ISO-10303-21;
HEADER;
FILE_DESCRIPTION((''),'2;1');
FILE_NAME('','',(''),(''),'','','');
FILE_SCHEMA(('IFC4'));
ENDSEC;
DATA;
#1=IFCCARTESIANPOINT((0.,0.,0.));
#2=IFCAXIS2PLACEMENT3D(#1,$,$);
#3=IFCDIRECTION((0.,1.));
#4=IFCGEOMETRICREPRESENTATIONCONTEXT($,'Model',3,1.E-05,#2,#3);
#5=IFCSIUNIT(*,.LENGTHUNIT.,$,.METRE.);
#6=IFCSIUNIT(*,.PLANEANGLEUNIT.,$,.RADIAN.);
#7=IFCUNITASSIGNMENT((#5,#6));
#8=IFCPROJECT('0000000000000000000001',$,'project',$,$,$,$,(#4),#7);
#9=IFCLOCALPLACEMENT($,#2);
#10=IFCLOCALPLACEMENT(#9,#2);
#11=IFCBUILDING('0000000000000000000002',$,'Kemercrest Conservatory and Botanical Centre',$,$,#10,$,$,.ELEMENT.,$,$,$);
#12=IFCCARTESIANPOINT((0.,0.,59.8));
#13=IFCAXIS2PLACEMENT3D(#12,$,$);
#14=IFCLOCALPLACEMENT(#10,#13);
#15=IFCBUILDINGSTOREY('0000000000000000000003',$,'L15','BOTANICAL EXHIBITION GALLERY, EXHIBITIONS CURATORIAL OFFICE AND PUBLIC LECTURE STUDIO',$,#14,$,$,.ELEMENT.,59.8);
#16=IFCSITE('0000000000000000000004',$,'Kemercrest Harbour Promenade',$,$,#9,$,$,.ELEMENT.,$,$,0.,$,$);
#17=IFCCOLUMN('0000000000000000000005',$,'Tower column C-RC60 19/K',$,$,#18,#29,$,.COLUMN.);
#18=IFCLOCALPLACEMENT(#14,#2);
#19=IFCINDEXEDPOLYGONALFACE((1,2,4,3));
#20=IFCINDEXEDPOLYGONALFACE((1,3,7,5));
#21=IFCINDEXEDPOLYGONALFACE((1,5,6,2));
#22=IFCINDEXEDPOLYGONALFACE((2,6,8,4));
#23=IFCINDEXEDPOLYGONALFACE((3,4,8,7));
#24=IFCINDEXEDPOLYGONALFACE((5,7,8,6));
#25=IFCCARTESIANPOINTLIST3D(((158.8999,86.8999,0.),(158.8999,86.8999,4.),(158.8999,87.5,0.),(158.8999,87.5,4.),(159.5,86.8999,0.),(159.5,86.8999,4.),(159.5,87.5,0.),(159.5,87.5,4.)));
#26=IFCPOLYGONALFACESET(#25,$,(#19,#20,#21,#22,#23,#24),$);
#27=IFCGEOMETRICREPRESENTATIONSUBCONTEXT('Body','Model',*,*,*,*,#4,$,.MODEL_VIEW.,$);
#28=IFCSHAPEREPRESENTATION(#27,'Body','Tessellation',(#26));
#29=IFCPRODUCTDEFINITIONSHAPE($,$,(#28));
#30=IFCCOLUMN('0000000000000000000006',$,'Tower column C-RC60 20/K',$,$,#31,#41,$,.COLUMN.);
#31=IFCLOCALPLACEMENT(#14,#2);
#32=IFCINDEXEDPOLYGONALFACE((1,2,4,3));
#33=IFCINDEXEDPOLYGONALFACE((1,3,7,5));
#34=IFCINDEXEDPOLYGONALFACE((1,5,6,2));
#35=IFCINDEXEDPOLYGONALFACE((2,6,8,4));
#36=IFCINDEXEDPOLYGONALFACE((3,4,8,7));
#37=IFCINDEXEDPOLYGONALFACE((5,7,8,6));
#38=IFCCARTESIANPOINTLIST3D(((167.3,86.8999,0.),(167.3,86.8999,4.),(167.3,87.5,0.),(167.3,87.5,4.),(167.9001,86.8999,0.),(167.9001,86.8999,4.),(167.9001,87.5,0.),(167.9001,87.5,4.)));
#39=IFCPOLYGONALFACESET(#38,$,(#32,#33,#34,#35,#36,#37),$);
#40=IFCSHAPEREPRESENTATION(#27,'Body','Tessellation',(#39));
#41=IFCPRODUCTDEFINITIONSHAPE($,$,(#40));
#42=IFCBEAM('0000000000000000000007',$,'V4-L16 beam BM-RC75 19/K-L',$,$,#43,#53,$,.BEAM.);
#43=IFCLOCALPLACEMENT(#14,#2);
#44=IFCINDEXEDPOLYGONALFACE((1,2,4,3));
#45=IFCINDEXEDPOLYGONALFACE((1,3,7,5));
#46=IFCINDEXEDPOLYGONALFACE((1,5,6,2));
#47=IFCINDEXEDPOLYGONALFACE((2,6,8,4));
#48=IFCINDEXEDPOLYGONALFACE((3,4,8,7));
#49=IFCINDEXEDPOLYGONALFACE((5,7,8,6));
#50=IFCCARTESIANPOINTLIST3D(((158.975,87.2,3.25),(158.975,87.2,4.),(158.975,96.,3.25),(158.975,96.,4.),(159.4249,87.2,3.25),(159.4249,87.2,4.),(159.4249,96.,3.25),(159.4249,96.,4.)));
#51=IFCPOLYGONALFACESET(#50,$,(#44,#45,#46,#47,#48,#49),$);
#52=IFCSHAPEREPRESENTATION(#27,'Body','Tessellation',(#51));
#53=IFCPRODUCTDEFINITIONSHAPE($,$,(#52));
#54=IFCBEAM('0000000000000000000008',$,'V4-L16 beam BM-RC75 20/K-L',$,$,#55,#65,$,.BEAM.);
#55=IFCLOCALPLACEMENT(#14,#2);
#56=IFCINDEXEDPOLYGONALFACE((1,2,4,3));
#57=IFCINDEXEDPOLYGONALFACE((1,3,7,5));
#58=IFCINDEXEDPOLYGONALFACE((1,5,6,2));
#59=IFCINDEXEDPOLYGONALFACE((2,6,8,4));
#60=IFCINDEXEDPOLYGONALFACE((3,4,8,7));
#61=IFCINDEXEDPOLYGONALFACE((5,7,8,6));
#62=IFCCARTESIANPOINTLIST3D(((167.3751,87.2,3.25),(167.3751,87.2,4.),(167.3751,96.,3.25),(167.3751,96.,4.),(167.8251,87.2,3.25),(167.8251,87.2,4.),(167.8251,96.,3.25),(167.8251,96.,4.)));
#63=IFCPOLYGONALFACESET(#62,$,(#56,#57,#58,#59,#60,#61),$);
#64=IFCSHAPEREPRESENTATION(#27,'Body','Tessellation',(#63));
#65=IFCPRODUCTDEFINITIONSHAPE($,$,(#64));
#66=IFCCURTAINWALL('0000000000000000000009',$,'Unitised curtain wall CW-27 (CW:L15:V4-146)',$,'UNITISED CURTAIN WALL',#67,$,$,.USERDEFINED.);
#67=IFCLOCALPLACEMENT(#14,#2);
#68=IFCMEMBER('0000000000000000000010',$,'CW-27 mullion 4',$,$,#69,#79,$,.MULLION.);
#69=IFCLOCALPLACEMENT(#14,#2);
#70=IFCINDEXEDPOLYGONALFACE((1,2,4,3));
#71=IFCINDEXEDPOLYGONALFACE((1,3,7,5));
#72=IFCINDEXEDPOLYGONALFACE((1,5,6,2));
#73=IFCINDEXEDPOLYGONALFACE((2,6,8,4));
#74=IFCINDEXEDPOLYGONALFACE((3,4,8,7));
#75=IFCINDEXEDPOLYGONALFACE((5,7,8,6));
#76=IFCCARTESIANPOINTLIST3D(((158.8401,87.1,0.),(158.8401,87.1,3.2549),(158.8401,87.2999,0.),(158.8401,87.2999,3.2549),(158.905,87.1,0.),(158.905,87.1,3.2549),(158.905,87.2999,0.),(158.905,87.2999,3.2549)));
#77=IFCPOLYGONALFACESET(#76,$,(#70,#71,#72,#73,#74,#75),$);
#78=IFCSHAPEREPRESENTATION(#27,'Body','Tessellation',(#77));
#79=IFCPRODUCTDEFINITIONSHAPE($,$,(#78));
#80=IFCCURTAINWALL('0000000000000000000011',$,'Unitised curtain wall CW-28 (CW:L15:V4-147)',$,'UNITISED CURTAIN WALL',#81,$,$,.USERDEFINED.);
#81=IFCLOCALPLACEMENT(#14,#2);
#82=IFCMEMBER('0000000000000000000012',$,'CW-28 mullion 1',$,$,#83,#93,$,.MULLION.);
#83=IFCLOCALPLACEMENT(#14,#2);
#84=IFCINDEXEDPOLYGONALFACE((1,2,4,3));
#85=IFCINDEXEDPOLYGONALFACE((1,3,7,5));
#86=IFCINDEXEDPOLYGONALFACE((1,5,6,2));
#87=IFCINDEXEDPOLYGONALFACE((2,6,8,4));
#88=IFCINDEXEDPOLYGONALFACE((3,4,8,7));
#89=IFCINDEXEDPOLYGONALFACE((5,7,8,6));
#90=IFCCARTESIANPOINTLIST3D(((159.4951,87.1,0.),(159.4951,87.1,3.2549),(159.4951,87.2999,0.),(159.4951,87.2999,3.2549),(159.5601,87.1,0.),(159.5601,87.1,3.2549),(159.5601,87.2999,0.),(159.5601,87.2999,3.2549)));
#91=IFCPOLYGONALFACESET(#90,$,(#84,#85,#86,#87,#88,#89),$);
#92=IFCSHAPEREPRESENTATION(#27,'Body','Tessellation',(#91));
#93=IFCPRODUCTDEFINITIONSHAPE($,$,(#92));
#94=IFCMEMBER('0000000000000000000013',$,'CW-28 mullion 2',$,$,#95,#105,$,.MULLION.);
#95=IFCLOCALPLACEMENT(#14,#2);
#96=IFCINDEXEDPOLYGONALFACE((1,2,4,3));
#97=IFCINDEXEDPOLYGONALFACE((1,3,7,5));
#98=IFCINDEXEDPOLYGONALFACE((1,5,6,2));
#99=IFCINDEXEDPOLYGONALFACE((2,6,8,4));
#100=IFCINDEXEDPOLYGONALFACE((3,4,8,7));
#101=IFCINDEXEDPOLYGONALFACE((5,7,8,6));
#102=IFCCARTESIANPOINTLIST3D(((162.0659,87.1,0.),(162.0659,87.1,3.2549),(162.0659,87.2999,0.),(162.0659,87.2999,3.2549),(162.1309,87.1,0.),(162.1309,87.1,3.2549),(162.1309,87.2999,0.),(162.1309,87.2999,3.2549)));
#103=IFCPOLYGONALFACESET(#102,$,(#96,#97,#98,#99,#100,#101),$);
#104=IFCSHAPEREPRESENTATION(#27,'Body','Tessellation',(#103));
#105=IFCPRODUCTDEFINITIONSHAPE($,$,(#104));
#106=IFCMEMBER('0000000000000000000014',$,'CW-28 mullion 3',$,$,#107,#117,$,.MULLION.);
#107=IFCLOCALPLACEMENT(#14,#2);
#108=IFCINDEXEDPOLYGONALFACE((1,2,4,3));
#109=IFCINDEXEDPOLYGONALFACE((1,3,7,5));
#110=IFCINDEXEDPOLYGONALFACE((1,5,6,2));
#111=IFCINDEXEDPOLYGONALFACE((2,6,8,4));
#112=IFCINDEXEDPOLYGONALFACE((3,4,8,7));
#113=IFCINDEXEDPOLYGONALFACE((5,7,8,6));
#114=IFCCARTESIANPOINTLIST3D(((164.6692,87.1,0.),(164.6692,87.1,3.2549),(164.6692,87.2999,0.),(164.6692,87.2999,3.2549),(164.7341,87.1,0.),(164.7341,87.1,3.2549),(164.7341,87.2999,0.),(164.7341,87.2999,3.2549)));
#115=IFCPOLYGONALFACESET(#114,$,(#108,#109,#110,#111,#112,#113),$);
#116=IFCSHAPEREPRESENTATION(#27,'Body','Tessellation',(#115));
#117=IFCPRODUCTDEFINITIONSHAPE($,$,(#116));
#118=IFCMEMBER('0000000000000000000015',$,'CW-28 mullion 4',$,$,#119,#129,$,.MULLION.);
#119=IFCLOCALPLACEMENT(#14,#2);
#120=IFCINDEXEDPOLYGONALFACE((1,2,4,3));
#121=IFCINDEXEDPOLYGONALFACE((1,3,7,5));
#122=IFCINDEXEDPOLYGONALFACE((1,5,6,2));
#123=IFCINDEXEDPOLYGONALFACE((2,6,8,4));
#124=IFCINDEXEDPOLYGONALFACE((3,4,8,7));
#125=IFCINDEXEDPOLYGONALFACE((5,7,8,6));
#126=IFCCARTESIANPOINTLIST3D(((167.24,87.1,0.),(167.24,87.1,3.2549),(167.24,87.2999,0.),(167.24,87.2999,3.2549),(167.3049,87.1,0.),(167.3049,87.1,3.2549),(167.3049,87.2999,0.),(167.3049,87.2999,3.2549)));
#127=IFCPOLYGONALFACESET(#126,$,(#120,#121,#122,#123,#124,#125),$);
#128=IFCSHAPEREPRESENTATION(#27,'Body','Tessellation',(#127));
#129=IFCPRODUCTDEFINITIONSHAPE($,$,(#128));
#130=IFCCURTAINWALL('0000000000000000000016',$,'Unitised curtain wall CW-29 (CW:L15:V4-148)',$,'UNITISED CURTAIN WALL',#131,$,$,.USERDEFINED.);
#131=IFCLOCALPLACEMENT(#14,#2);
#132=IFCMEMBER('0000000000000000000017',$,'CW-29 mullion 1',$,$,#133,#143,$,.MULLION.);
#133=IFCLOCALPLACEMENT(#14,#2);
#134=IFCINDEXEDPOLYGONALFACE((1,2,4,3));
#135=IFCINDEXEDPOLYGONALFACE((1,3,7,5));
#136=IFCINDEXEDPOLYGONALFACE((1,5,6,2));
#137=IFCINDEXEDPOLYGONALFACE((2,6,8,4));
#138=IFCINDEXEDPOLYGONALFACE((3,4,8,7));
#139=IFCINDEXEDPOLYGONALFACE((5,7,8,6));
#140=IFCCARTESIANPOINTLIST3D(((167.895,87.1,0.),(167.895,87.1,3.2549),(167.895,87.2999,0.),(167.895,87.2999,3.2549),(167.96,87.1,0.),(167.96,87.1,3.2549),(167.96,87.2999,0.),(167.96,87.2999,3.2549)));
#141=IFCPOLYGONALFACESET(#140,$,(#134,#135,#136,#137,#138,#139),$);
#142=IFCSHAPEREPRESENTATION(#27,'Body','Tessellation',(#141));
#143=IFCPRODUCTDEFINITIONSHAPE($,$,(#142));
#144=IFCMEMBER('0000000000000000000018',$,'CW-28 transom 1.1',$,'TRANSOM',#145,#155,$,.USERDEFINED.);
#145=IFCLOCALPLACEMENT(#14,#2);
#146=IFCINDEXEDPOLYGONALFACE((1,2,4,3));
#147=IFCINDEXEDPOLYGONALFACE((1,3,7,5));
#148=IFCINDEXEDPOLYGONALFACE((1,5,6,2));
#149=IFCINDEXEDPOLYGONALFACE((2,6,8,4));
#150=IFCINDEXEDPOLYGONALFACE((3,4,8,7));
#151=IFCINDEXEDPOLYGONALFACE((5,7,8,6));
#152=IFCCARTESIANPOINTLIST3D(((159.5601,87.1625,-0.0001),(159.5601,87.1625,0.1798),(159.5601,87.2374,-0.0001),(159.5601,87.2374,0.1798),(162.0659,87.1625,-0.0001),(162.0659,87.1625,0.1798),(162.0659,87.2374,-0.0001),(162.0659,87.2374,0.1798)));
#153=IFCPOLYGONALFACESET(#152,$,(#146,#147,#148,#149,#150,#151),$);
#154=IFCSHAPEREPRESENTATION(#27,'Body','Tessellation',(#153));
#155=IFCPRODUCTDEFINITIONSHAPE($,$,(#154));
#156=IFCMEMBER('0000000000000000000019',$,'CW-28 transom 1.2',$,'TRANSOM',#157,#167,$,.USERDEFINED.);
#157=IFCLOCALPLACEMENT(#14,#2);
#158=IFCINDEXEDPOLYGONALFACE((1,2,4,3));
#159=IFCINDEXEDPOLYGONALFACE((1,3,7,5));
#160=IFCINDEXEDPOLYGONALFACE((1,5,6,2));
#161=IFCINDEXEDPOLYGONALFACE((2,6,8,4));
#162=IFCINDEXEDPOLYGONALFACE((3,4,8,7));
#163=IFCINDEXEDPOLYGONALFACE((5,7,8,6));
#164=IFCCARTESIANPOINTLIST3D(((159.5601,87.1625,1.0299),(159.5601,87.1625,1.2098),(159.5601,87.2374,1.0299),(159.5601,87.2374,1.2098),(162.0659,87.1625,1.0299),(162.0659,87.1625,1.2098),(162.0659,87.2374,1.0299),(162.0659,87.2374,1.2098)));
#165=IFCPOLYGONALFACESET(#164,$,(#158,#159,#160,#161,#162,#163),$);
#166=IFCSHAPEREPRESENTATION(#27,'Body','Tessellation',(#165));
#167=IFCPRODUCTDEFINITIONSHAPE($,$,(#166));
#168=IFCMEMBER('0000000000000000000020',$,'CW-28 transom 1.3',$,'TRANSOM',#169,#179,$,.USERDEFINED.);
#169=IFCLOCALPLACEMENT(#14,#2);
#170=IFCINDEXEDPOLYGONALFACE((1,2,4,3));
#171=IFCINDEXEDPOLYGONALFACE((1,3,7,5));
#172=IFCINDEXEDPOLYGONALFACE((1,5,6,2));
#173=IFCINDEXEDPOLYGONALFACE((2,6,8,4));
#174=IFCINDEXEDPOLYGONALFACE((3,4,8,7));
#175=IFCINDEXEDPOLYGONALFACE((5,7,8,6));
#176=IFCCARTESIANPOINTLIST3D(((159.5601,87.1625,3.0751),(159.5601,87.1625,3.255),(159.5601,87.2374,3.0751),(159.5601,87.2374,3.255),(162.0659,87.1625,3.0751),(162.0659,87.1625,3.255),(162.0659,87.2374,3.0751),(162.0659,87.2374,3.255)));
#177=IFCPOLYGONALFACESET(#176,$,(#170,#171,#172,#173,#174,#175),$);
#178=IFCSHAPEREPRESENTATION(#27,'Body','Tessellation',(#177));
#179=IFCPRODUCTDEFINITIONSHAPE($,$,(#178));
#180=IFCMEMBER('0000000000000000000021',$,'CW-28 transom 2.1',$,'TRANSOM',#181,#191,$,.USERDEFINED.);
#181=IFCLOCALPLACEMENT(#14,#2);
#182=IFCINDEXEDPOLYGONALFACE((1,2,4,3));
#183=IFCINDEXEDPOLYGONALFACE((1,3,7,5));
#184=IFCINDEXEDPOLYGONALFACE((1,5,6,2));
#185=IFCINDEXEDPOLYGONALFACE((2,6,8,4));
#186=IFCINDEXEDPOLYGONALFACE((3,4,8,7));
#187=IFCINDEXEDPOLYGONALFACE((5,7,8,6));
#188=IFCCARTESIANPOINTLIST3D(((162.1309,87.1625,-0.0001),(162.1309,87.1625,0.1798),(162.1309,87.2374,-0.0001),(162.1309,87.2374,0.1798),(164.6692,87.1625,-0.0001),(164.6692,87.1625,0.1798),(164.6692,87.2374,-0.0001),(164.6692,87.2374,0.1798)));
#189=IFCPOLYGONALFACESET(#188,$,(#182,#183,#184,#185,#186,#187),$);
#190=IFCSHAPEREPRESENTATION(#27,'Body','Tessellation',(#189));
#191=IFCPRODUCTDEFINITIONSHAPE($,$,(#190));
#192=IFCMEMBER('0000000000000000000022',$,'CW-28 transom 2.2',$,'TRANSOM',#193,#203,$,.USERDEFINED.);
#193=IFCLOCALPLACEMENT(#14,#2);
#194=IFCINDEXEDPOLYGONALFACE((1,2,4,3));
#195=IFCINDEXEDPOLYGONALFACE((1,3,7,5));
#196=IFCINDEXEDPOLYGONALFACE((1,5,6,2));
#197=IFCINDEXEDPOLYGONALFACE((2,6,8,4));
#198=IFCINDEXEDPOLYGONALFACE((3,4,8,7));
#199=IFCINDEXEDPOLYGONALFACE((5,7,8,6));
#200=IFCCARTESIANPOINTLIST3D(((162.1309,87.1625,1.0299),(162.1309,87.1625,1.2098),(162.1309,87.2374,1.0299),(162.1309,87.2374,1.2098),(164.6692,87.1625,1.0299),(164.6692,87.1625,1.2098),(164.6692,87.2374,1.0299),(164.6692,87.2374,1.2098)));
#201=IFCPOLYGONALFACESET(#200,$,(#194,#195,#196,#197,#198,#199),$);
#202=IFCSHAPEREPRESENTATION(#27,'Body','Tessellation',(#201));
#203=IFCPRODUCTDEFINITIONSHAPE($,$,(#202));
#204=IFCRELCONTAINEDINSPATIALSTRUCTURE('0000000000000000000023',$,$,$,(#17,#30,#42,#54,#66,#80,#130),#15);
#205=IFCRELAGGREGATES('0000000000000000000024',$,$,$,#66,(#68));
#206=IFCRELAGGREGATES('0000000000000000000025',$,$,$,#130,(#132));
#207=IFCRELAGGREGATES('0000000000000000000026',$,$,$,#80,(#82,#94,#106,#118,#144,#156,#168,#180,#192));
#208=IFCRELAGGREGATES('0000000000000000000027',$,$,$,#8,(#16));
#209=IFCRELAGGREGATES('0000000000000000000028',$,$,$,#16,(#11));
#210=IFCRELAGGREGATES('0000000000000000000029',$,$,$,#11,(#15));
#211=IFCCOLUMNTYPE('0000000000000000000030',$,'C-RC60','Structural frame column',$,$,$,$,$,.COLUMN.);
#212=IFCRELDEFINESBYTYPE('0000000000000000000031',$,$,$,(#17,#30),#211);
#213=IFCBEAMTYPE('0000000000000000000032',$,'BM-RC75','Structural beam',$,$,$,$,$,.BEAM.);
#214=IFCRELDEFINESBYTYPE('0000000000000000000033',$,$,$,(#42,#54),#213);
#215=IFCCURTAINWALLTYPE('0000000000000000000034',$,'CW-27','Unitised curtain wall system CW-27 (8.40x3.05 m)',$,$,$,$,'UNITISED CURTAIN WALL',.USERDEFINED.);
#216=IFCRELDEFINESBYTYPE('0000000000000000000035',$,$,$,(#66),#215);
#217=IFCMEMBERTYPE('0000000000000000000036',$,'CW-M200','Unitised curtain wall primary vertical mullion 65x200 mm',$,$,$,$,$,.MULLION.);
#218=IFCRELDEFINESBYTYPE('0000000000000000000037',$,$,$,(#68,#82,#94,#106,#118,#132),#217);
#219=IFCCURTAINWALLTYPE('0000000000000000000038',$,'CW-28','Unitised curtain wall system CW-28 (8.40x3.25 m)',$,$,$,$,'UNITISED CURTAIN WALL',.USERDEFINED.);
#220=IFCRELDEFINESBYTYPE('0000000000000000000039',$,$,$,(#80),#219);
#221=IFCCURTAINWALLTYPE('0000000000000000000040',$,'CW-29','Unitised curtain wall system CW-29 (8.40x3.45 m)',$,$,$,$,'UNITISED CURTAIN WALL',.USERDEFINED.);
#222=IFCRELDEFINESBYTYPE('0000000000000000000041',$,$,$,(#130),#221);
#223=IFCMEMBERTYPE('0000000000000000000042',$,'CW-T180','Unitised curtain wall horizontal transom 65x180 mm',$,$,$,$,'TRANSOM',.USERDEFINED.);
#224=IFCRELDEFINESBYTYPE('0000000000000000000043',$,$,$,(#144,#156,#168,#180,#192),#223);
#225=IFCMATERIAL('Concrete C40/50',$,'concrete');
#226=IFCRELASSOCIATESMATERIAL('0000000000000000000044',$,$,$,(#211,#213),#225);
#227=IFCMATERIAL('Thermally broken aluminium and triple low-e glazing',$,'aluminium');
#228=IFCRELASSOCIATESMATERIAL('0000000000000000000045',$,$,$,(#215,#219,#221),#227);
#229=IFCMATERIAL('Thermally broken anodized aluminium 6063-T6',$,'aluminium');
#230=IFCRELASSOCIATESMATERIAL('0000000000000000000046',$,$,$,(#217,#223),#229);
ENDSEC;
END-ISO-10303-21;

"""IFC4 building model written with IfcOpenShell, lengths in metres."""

from ifc_helpers import new_model, si_unit, direction, frame, origin, origin_2d, place, context, subcontext, project, spatial, rectangle, extrude, material, material_profile, profile_set, type_object, element, aggregate, save


model = new_model("IFC4")

# Units and contexts
model_context = context("Model", 3, precision=1e-05, world=origin(), true_north=direction((0.0, 1.0)))
body_context = subcontext(model_context, "Body", "Model", "MODEL_VIEW")
ifc_project = project(units=[si_unit("LENGTHUNIT", "METRE"), si_unit("PLANEANGLEUNIT", "RADIAN")], contexts=[model_context])

# Site, building, storey
site_placement = place(None, origin())
site = spatial("IfcSite", under=ifc_project, at=site_placement, Name="Kemercrest Harbour Promenade", CompositionType="ELEMENT", RefElevation=0.0)
building_placement = place(site_placement, origin())
building = spatial("IfcBuilding", under=site, at=building_placement, Name="Kemercrest Conservatory and Botanical Centre", CompositionType="ELEMENT")
storey_placement = place(building_placement, frame((0.0, 0.0, 59.8)))
storey = spatial("IfcBuildingStorey", under=building, at=storey_placement, Name="L15", Description="BOTANICAL EXHIBITION GALLERY, EXHIBITIONS CURATORIAL OFFICE AND PUBLIC LECTURE STUDIO", CompositionType="ELEMENT", Elevation=59.8)

# Columns
ifc_material_1 = material(Name="Concrete C40/50", Category="concrete")
ifc_material_profile_1 = material_profile(ifc_material_1, rectangle(XDim=0.6001, YDim=0.6001, at=origin_2d()), Name="RC 600x600")
ifc_profile_set_1 = profile_set([ifc_material_profile_1], Name="Concrete C40/50")
column_type = type_object("IfcColumnType", Name="C-RC60", Description="Structural frame column", PredefinedType="COLUMN", material=ifc_profile_set_1)
for number, where, z_axis, x_axis, name in (
    (1, (159.2, 87.2, 0.0), (0.0, 0.0, 1.0), (1.0, 0.0, 0.0), "Tower column C-RC60 19/K"),
    (2, (167.6001, 87.2, 0.0), (0.0, 0.0, 1.0), (1.0, 0.0, 0.0), "Tower column C-RC60 20/K"),
):
    element("IfcColumn", number, at=place(storey_placement, frame(where, z_axis=z_axis, x_axis=x_axis)), inside=storey, type_object=column_type, Name=name, PredefinedType="COLUMN", context=body_context, shape_type="SweptSolid", body=[
        extrude(rectangle(XDim=0.6001, YDim=0.6001, at=origin_2d()), origin(), (0.0, 0.0, 1.0), 4.0),
    ])

# Beams
ifc_material_profile_2 = material_profile(ifc_material_1, rectangle(XDim=0.45, YDim=0.75, at=origin_2d()), Name="RC 450x750")
ifc_profile_set_2 = profile_set([ifc_material_profile_2], Name="Concrete C40/50")
beam_type_1 = type_object("IfcBeamType", Name="BM-RC75", Description="Structural beam", PredefinedType="BEAM", material=ifc_profile_set_2)
for number, where, z_axis, x_axis, name in (
    (3, (159.2, 87.2, 3.625), (0.0, 1.0, 0.0), (-1.0, 0.0, 0.0), "V4-L16 beam BM-RC75 19/K-L"),
    (4, (167.6001, 87.2, 3.625), (0.0, 1.0, 0.0), (-1.0, 0.0, 0.0), "V4-L16 beam BM-RC75 20/K-L"),
):
    element("IfcBeam", number, at=place(storey_placement, frame(where, z_axis=z_axis, x_axis=x_axis)), inside=storey, type_object=beam_type_1, Name=name, PredefinedType="BEAM", context=body_context, shape_type="SweptSolid", body=[
        extrude(rectangle(XDim=0.45, YDim=0.75, at=origin_2d()), origin(), (0.0, 0.0, 1.0), 8.8),
    ])

# Curtain wall, member
ifc_material_2 = material(Name="Thermally broken aluminium and triple low-e glazing", Category="aluminium")
curtain_wall_type_1 = type_object("IfcCurtainWallType", Name="CW-27", Description="Unitised curtain wall system CW-27 (8.40x3.05 m)", ElementType="UNITISED CURTAIN WALL", PredefinedType="USERDEFINED", material=ifc_material_2)
curtain_wall_1_placement = place(storey_placement, origin())
curtain_wall_1 = element("IfcCurtainWall", 5, at=curtain_wall_1_placement, inside=storey, type_object=curtain_wall_type_1, Name="Unitised curtain wall CW-27 (CW:L15:V4-146)", ObjectType="UNITISED CURTAIN WALL", PredefinedType="USERDEFINED")
ifc_material_3 = material(Name="Thermally broken anodized aluminium 6063-T6", Category="aluminium")
ifc_material_profile_3 = material_profile(ifc_material_3, rectangle(XDim=0.2, YDim=0.0649, at=origin_2d()), Name="AL MULLION 65x200")
ifc_profile_set_3 = profile_set([ifc_material_profile_3], Name="Thermally broken anodized aluminium 6063-T6")
member_type_1 = type_object("IfcMemberType", Name="CW-M200", Description="Unitised curtain wall primary vertical mullion 65x200 mm", PredefinedType="MULLION", material=ifc_profile_set_3)
member_1_placement = place(storey_placement, frame((158.8726, 87.2, 0.0), z_axis=(0.0, 0.0, 1.0), x_axis=(0.0, 1.0, 0.0)))
member_1 = element("IfcMember", 6, at=member_1_placement, type_object=member_type_1, Name="CW-27 mullion 4", PredefinedType="MULLION", context=body_context, shape_type="SweptSolid", body=[
    extrude(rectangle(XDim=0.2, YDim=0.0649, at=origin_2d()), origin(), (0.0, 0.0, 1.0), 3.2549),
])
aggregate(curtain_wall_1, [member_1])

# Curtain wall, members
curtain_wall_type_2 = type_object("IfcCurtainWallType", Name="CW-28", Description="Unitised curtain wall system CW-28 (8.40x3.25 m)", ElementType="UNITISED CURTAIN WALL", PredefinedType="USERDEFINED", material=ifc_material_2)
curtain_wall_2_placement = place(storey_placement, origin())
curtain_wall_2 = element("IfcCurtainWall", 7, at=curtain_wall_2_placement, inside=storey, type_object=curtain_wall_type_2, Name="Unitised curtain wall CW-28 (CW:L15:V4-147)", ObjectType="UNITISED CURTAIN WALL", PredefinedType="USERDEFINED")
member_2_placement = place(storey_placement, frame((159.5276, 87.2, 0.0), z_axis=(0.0, 0.0, 1.0), x_axis=(0.0, 1.0, 0.0)))
member_2 = element("IfcMember", 8, at=member_2_placement, type_object=member_type_1, Name="CW-28 mullion 1", PredefinedType="MULLION", context=body_context, shape_type="SweptSolid", body=[
    extrude(rectangle(XDim=0.2, YDim=0.0649, at=origin_2d()), origin(), (0.0, 0.0, 1.0), 3.2549),
])
member_3_placement = place(storey_placement, frame((162.0984, 87.2, 0.0), z_axis=(0.0, 0.0, 1.0), x_axis=(0.0, 1.0, 0.0)))
member_3 = element("IfcMember", 9, at=member_3_placement, type_object=member_type_1, Name="CW-28 mullion 2", PredefinedType="MULLION", context=body_context, shape_type="SweptSolid", body=[
    extrude(rectangle(XDim=0.2, YDim=0.0649, at=origin_2d()), origin(), (0.0, 0.0, 1.0), 3.2549),
])
member_4_placement = place(storey_placement, frame((164.7017, 87.2, 0.0), z_axis=(0.0, 0.0, 1.0), x_axis=(0.0, 1.0, 0.0)))
member_4 = element("IfcMember", 10, at=member_4_placement, type_object=member_type_1, Name="CW-28 mullion 3", PredefinedType="MULLION", context=body_context, shape_type="SweptSolid", body=[
    extrude(rectangle(XDim=0.2, YDim=0.0649, at=origin_2d()), origin(), (0.0, 0.0, 1.0), 3.2549),
])
member_5_placement = place(storey_placement, frame((167.2725, 87.2, 0.0), z_axis=(0.0, 0.0, 1.0), x_axis=(0.0, 1.0, 0.0)))
member_5 = element("IfcMember", 11, at=member_5_placement, type_object=member_type_1, Name="CW-28 mullion 4", PredefinedType="MULLION", context=body_context, shape_type="SweptSolid", body=[
    extrude(rectangle(XDim=0.2, YDim=0.0649, at=origin_2d()), origin(), (0.0, 0.0, 1.0), 3.2549),
])

# Curtain wall, member
curtain_wall_type_3 = type_object("IfcCurtainWallType", Name="CW-29", Description="Unitised curtain wall system CW-29 (8.40x3.45 m)", ElementType="UNITISED CURTAIN WALL", PredefinedType="USERDEFINED", material=ifc_material_2)
curtain_wall_3_placement = place(storey_placement, origin())
curtain_wall_3 = element("IfcCurtainWall", 12, at=curtain_wall_3_placement, inside=storey, type_object=curtain_wall_type_3, Name="Unitised curtain wall CW-29 (CW:L15:V4-148)", ObjectType="UNITISED CURTAIN WALL", PredefinedType="USERDEFINED")
member_6_placement = place(storey_placement, frame((167.9275, 87.2, 0.0), z_axis=(0.0, 0.0, 1.0), x_axis=(0.0, 1.0, 0.0)))
member_6 = element("IfcMember", 13, at=member_6_placement, type_object=member_type_1, Name="CW-29 mullion 1", PredefinedType="MULLION", context=body_context, shape_type="SweptSolid", body=[
    extrude(rectangle(XDim=0.2, YDim=0.0649, at=origin_2d()), origin(), (0.0, 0.0, 1.0), 3.2549),
])
aggregate(curtain_wall_3, [member_6])

# Members
ifc_material_profile_4 = material_profile(ifc_material_3, rectangle(XDim=0.075, YDim=0.1799, at=origin_2d()), Name="AL TRANSOM 75x180")
ifc_profile_set_4 = profile_set([ifc_material_profile_4], Name="Thermally broken anodized aluminium 6063-T6")
member_type_2 = type_object("IfcMemberType", Name="CW-T180", Description="Unitised curtain wall horizontal transom 65x180 mm", ElementType="TRANSOM", PredefinedType="USERDEFINED", material=ifc_profile_set_4)
member_7_placement = place(storey_placement, frame((159.5601, 87.2, 0.0898), z_axis=(1.0, 0.0, 0.0), x_axis=(0.0, 1.0, 0.0)))
member_7 = element("IfcMember", 14, at=member_7_placement, type_object=member_type_2, Name="CW-28 transom 1.1", ObjectType="TRANSOM", PredefinedType="USERDEFINED", context=body_context, shape_type="SweptSolid", body=[
    extrude(rectangle(XDim=0.075, YDim=0.1799, at=origin_2d()), origin(), (0.0, 0.0, 1.0), 2.5059),
])
member_8_placement = place(storey_placement, frame((159.5601, 87.2, 1.1199), z_axis=(1.0, 0.0, 0.0), x_axis=(0.0, 1.0, 0.0)))
member_8 = element("IfcMember", 15, at=member_8_placement, type_object=member_type_2, Name="CW-28 transom 1.2", ObjectType="TRANSOM", PredefinedType="USERDEFINED", context=body_context, shape_type="SweptSolid", body=[
    extrude(rectangle(XDim=0.075, YDim=0.1799, at=origin_2d()), origin(), (0.0, 0.0, 1.0), 2.5059),
])
member_9_placement = place(storey_placement, frame((159.5601, 87.2, 3.165), z_axis=(1.0, 0.0, 0.0), x_axis=(0.0, 1.0, 0.0)))
member_9 = element("IfcMember", 16, at=member_9_placement, type_object=member_type_2, Name="CW-28 transom 1.3", ObjectType="TRANSOM", PredefinedType="USERDEFINED", context=body_context, shape_type="SweptSolid", body=[
    extrude(rectangle(XDim=0.075, YDim=0.1799, at=origin_2d()), origin(), (0.0, 0.0, 1.0), 2.5059),
])
member_10_placement = place(storey_placement, frame((162.1309, 87.2, 0.0898), z_axis=(1.0, 0.0, 0.0), x_axis=(0.0, 1.0, 0.0)))
member_10 = element("IfcMember", 17, at=member_10_placement, type_object=member_type_2, Name="CW-28 transom 2.1", ObjectType="TRANSOM", PredefinedType="USERDEFINED", context=body_context, shape_type="SweptSolid", body=[
    extrude(rectangle(XDim=0.075, YDim=0.1799, at=origin_2d()), origin(), (0.0, 0.0, 1.0), 2.5383),
])
member_11_placement = place(storey_placement, frame((162.1309, 87.2, 1.1199), z_axis=(1.0, 0.0, 0.0), x_axis=(0.0, 1.0, 0.0)))
member_11 = element("IfcMember", 18, at=member_11_placement, type_object=member_type_2, Name="CW-28 transom 2.2", ObjectType="TRANSOM", PredefinedType="USERDEFINED", context=body_context, shape_type="SweptSolid", body=[
    extrude(rectangle(XDim=0.075, YDim=0.1799, at=origin_2d()), origin(), (0.0, 0.0, 1.0), 2.5383),
])

aggregate(curtain_wall_2, [member_2, member_3, member_4, member_5, member_7, member_8, member_9, member_10, member_11])

save(model, "model.ifc")
